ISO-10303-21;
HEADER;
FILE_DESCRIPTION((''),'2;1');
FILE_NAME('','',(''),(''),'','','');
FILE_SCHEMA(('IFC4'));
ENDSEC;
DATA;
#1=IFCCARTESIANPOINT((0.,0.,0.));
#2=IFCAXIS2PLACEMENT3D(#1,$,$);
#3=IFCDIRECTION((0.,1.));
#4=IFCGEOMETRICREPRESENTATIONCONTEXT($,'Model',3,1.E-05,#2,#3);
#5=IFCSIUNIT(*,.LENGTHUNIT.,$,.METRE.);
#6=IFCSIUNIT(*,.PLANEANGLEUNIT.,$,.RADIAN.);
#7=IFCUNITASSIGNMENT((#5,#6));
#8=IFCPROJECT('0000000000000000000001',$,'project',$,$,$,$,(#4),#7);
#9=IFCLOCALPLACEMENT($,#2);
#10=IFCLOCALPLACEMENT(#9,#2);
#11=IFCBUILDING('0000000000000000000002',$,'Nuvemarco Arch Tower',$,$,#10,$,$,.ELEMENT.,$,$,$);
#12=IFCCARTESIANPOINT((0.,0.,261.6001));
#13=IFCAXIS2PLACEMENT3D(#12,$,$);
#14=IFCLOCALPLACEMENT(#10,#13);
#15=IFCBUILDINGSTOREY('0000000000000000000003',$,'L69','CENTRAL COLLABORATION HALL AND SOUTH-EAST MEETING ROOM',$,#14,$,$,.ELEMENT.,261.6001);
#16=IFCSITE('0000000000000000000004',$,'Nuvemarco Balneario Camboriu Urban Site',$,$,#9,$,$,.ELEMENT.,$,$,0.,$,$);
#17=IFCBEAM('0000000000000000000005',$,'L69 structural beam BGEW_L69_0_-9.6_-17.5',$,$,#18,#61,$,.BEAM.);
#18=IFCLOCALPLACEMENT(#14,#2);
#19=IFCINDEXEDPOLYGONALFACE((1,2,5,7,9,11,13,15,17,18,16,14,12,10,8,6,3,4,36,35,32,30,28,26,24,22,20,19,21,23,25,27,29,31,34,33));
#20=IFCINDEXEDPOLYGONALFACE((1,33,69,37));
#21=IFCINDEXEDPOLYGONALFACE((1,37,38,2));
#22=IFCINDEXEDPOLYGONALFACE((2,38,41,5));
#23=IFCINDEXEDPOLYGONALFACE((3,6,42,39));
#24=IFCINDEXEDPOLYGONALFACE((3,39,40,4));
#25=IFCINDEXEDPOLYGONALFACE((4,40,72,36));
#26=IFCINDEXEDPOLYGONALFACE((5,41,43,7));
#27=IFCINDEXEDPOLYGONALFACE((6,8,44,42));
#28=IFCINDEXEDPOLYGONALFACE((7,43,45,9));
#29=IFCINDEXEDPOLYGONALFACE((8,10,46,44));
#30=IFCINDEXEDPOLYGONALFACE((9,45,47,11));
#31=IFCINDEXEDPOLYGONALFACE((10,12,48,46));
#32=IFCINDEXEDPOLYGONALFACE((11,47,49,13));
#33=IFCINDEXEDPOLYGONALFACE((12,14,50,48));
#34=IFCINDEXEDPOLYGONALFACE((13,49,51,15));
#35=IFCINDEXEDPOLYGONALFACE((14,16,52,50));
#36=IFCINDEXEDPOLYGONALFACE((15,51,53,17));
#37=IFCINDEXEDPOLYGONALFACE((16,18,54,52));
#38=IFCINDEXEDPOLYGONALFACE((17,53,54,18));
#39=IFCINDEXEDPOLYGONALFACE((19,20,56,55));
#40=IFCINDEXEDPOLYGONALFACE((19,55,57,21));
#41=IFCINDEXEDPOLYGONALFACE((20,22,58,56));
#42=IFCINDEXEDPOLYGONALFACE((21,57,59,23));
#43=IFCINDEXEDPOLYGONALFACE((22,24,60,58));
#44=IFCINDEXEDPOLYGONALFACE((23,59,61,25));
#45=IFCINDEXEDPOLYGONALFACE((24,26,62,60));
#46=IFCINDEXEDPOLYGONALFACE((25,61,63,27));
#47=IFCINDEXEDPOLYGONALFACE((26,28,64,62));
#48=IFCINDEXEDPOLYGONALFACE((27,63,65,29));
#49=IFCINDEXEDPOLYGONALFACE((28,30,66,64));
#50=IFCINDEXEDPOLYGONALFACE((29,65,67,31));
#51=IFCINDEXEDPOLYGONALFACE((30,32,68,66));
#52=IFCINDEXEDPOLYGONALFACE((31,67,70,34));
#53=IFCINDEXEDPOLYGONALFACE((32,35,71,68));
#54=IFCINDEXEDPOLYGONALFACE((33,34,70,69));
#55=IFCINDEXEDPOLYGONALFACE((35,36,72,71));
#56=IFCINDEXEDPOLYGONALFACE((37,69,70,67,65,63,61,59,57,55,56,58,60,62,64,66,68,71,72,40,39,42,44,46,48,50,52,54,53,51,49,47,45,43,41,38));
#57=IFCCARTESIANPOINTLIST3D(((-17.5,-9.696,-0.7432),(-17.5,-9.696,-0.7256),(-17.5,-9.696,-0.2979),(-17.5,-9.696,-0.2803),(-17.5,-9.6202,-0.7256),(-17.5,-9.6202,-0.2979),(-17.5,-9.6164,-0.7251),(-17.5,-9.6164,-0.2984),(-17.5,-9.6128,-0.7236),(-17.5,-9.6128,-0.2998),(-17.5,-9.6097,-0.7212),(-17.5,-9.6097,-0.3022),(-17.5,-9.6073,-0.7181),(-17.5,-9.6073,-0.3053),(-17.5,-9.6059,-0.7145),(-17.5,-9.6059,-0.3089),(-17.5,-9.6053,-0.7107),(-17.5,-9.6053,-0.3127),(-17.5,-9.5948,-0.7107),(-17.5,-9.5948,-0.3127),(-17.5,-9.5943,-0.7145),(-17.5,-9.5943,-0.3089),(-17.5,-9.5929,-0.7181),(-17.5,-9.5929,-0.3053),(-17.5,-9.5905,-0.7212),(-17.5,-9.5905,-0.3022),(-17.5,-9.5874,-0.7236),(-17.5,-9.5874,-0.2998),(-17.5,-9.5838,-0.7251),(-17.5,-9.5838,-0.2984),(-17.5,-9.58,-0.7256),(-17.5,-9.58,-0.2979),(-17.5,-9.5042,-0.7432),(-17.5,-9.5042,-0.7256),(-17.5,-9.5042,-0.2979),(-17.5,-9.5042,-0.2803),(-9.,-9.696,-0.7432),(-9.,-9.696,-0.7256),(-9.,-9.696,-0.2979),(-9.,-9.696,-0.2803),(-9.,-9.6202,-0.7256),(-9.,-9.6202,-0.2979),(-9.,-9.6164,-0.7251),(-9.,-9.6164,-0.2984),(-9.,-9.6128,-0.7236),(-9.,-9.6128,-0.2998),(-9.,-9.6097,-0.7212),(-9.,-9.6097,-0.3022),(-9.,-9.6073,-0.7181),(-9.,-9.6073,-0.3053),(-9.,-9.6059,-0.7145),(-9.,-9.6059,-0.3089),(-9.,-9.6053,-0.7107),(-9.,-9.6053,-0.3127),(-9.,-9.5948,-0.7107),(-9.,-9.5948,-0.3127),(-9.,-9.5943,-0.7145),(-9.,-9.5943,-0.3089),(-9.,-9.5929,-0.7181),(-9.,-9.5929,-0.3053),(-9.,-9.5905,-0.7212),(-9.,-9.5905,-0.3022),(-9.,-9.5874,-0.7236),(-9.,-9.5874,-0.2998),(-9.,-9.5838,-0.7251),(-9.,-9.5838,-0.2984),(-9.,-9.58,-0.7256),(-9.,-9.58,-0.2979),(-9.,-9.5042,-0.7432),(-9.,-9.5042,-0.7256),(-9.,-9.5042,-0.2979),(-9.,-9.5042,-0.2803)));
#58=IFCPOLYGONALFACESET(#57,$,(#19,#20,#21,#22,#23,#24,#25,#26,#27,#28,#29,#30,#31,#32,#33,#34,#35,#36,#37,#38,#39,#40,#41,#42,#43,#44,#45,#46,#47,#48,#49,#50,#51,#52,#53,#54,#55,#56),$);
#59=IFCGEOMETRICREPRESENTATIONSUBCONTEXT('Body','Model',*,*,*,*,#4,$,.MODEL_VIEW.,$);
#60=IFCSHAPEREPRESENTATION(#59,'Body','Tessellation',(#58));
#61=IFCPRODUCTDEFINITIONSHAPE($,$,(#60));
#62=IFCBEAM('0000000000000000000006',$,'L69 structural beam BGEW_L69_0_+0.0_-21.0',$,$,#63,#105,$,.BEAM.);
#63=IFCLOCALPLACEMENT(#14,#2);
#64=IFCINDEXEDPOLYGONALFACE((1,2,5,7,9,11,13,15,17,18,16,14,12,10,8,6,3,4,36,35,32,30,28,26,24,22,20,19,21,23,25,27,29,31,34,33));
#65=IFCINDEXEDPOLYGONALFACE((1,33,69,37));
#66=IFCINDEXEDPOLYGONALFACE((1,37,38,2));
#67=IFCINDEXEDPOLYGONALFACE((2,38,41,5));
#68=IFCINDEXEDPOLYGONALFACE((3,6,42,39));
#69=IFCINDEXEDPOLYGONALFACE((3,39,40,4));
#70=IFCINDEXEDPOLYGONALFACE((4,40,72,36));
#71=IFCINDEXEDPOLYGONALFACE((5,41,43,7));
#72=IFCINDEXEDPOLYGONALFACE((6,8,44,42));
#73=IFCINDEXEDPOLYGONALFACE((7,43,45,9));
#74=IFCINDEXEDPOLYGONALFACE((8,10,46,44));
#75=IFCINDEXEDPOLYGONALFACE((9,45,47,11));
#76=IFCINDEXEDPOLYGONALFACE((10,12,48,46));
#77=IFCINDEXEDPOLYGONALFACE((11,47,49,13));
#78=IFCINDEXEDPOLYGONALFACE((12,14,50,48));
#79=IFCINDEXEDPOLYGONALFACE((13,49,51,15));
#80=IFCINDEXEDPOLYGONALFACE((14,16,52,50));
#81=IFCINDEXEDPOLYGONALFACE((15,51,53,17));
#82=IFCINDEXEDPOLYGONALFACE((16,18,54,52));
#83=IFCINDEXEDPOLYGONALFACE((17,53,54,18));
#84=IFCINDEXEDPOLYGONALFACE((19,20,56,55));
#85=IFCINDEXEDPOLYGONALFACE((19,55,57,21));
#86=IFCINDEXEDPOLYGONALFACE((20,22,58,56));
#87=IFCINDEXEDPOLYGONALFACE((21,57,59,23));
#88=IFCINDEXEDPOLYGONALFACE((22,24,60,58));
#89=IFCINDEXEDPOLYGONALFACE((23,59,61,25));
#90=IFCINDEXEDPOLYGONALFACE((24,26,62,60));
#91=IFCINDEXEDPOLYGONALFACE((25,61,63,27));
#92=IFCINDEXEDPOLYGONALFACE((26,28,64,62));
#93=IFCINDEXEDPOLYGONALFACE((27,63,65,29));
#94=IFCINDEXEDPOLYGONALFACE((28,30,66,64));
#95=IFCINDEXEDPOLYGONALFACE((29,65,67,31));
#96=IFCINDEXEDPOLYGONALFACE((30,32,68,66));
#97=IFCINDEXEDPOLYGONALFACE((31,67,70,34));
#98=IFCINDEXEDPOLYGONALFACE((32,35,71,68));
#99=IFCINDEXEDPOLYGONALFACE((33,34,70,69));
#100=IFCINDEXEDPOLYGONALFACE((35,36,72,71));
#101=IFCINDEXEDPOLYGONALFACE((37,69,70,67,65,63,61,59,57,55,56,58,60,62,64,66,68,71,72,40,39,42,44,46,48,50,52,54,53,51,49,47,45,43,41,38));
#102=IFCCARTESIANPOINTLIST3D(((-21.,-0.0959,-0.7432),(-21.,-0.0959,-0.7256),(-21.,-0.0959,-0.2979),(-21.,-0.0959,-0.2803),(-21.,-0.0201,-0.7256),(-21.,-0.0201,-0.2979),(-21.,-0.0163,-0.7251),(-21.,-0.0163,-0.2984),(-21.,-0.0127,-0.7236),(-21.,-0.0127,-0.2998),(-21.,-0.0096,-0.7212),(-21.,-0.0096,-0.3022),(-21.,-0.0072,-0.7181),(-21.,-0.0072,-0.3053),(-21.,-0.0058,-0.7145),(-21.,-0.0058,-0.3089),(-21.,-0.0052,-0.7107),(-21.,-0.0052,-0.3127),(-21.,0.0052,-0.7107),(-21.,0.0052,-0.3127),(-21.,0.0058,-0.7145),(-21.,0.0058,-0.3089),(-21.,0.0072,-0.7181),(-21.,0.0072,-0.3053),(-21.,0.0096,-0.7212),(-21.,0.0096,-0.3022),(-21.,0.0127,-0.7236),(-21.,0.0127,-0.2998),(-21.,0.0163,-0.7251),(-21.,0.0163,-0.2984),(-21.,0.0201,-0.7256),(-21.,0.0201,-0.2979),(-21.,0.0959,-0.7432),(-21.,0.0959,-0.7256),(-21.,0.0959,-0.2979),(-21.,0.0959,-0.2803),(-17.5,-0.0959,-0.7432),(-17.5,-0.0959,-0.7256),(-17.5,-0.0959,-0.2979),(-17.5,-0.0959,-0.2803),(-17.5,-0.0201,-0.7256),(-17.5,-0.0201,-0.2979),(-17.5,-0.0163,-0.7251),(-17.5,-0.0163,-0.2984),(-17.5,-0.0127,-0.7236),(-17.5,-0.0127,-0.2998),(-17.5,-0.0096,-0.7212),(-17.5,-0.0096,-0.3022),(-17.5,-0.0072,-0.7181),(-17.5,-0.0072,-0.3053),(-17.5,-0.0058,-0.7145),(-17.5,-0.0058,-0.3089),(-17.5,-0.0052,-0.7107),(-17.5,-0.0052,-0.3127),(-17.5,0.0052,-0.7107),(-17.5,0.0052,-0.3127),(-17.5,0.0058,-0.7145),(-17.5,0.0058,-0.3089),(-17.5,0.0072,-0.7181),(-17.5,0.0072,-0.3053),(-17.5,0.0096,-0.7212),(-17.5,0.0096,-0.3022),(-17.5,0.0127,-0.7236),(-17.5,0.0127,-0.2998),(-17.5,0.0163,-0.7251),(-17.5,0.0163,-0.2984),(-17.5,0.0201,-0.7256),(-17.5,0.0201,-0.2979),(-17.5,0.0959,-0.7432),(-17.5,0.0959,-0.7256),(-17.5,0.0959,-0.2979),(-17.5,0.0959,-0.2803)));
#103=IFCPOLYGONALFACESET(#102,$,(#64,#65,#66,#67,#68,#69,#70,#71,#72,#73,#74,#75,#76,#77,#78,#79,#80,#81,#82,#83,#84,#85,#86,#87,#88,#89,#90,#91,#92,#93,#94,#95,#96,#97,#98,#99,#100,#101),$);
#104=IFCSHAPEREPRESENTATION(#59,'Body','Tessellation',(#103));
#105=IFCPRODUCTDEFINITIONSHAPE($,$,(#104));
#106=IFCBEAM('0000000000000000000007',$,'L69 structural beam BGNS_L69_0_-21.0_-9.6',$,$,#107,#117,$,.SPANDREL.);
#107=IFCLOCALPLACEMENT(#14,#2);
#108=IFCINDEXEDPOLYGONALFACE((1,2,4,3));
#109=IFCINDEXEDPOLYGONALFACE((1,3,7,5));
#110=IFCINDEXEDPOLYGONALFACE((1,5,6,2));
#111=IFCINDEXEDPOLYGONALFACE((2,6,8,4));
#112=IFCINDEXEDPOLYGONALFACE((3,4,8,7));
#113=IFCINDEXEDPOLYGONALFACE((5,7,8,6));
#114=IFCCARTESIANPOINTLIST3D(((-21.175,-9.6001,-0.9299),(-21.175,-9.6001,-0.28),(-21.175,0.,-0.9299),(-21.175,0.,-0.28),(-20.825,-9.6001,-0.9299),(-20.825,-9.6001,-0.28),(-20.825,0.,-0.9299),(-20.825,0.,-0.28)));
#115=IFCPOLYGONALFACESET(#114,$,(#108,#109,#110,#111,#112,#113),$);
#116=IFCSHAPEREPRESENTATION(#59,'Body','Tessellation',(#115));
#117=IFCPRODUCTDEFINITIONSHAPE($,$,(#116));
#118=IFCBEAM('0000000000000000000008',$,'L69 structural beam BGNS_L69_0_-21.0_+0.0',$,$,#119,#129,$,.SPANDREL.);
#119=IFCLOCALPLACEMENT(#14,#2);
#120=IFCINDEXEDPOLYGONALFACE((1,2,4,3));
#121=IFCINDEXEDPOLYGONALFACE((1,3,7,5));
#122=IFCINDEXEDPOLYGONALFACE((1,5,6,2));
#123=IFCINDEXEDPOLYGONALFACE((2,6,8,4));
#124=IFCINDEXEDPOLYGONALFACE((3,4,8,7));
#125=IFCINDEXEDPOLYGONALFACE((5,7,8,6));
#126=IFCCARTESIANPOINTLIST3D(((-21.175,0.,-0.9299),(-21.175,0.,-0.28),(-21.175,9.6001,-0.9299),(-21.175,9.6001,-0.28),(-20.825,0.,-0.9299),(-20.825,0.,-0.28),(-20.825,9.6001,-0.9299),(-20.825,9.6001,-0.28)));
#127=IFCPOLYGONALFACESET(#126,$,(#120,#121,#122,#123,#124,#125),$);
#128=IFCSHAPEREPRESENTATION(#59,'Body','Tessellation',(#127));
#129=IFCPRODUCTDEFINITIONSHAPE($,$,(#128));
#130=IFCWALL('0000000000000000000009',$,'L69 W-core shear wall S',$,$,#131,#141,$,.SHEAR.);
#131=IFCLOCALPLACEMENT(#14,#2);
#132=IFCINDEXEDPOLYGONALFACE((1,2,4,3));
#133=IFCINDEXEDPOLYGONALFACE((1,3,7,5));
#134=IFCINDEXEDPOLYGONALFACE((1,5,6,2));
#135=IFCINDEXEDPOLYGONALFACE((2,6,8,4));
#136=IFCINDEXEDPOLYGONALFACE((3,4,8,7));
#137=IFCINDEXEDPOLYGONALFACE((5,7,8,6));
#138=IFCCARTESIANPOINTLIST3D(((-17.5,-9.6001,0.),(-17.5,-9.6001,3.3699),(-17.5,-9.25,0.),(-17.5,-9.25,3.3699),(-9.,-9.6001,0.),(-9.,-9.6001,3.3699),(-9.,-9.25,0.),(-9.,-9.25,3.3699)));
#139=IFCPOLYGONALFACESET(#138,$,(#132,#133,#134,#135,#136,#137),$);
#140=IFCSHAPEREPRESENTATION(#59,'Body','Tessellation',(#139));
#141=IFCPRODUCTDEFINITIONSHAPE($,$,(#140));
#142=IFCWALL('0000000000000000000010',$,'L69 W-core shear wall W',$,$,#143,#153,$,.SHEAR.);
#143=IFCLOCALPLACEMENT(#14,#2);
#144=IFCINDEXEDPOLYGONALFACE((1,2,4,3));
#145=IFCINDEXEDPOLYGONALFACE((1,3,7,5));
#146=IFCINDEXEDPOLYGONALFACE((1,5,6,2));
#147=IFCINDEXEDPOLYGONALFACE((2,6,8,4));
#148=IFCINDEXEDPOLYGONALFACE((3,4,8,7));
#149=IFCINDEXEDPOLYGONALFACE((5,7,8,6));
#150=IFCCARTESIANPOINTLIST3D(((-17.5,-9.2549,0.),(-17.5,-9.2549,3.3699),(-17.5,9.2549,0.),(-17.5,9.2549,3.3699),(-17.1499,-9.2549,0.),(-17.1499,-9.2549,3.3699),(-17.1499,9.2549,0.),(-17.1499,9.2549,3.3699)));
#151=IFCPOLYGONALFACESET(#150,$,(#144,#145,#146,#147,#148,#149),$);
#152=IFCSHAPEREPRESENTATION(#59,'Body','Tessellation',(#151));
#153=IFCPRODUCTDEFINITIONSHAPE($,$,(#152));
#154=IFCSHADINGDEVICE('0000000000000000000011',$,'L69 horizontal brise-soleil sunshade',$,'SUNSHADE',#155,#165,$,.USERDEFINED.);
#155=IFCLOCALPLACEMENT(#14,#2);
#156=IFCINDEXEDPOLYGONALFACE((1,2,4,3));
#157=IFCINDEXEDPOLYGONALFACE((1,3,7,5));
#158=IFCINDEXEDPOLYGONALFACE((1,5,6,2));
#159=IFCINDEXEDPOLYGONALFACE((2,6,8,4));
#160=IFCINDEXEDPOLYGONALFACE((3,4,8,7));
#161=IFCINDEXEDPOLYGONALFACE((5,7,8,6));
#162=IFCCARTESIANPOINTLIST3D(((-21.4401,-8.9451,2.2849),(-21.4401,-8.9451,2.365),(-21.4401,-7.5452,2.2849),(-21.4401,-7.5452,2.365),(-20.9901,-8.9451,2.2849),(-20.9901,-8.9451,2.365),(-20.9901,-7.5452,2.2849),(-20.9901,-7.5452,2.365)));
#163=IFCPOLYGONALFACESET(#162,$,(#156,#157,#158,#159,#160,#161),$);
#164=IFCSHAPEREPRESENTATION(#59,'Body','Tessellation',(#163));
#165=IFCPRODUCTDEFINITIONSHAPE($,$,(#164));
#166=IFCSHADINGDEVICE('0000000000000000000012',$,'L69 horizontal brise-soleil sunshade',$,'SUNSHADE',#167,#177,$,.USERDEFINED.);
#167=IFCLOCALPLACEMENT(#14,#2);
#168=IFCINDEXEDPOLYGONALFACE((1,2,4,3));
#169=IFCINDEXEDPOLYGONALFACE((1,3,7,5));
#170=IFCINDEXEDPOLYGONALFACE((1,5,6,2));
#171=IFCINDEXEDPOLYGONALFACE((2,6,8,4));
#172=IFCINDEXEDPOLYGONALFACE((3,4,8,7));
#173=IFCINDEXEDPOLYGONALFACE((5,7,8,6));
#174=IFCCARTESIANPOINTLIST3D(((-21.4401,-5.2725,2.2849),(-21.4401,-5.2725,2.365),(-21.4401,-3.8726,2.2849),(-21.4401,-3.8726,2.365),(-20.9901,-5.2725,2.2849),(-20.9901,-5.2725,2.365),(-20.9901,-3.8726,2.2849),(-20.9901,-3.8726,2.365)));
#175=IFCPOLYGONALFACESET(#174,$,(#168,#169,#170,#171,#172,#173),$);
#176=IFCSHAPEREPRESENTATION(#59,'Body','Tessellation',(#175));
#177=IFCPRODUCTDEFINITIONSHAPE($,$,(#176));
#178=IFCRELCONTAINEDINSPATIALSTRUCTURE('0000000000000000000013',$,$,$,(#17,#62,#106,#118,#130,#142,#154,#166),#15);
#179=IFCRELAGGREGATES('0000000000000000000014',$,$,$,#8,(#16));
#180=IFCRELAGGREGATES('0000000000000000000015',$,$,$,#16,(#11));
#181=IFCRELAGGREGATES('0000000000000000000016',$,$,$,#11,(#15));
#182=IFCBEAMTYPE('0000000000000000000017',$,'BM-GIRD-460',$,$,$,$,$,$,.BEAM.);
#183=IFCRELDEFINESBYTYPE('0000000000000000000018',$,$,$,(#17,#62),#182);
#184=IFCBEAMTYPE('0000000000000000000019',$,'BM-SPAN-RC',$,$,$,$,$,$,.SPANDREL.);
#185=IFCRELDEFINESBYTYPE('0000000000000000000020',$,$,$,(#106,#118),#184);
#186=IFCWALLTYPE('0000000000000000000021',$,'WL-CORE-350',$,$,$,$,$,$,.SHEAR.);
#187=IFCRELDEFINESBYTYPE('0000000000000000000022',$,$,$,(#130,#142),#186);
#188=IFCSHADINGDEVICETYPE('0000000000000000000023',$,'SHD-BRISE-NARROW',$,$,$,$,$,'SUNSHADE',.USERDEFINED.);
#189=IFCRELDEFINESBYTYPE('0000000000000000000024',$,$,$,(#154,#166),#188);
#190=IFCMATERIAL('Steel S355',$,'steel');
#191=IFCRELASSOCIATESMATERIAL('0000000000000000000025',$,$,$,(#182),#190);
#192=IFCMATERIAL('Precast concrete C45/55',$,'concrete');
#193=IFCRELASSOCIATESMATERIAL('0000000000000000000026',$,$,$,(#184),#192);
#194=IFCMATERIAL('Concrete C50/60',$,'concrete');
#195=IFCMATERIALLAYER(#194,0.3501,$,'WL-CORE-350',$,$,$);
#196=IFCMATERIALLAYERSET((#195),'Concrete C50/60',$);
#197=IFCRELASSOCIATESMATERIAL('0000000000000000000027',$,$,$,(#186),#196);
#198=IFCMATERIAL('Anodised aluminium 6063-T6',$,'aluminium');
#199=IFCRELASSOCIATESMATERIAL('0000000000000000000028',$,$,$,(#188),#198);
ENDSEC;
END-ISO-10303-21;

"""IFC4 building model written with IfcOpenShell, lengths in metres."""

from ifc_helpers import new_model, si_unit, direction, frame, frame_2d, origin, origin_2d, place, context, subcontext, project, spatial, rectangle, i_section, extrude, source, transform, mapped, material, layer, layer_set, material_profile, profile_set, type_object, type_shapes, element, save


model = new_model("IFC4")

# Units and contexts
model_context = context("Model", 3, precision=1e-05, world=origin(), true_north=direction((0.0, 1.0)))
body_context = subcontext(model_context, "Body", "Model", "MODEL_VIEW")
ifc_project = project(units=[si_unit("LENGTHUNIT", "METRE"), si_unit("PLANEANGLEUNIT", "RADIAN")], contexts=[model_context])

# Site, building, storey
site_placement = place(None, origin())
site = spatial("IfcSite", under=ifc_project, at=site_placement, Name="Nuvemarco Balneario Camboriu Urban Site", CompositionType="ELEMENT", RefElevation=0.0)
building_placement = place(site_placement, origin())
building = spatial("IfcBuilding", under=site, at=building_placement, Name="Nuvemarco Arch Tower", CompositionType="ELEMENT")
storey_placement = place(building_placement, frame((0.0, 0.0, 261.6001)))
storey = spatial("IfcBuildingStorey", under=building, at=storey_placement, Name="L69", Description="CENTRAL COLLABORATION HALL AND SOUTH-EAST MEETING ROOM", CompositionType="ELEMENT", Elevation=261.6001)

# Shared definitions
ifc_material_1 = material(Name="Concrete C50/60", Category="concrete")
ifc_material_2 = material(Name="Steel S355", Category="steel")

# Beams
ifc_material_profile_1 = material_profile(ifc_material_2, i_section(OverallWidth=0.1919, OverallDepth=0.4629, WebThickness=0.0105, FlangeThickness=0.0176, FilletRadius=0.0149, at=origin_2d()), Name="W460x89")
ifc_profile_set_1 = profile_set([ifc_material_profile_1], Name="Steel S355")
beam_type_1 = type_object("IfcBeamType", Name="BM-GIRD-460", PredefinedType="BEAM", material=ifc_profile_set_1)
beam_1_placement = place(storey_placement, frame((-17.5, -9.6001, -0.5117), z_axis=(1.0, 0.0, 0.0), x_axis=(0.0, 1.0, 0.0)))
element("IfcBeam", 1, at=beam_1_placement, inside=storey, type_object=beam_type_1, Name="L69 structural beam BGEW_L69_0_-9.6_-17.5", PredefinedType="BEAM", context=body_context, shape_type="SweptSolid", body=[
    extrude(i_section(OverallWidth=0.1919, OverallDepth=0.4629, WebThickness=0.0105, FlangeThickness=0.0176, FilletRadius=0.0149, at=origin_2d()), origin(), (0.0, 0.0, 1.0), 8.5),
])
beam_2_placement = place(storey_placement, frame((-21.0, 0.0, -0.5117), z_axis=(1.0, 0.0, 0.0), x_axis=(0.0, 1.0, 0.0)))
element("IfcBeam", 2, at=beam_2_placement, inside=storey, type_object=beam_type_1, Name="L69 structural beam BGEW_L69_0_+0.0_-21.0", PredefinedType="BEAM", context=body_context, shape_type="SweptSolid", body=[
    extrude(i_section(OverallWidth=0.1919, OverallDepth=0.4629, WebThickness=0.0105, FlangeThickness=0.0176, FilletRadius=0.0149, at=origin_2d()), origin(), (0.0, 0.0, 1.0), 3.5),
])
ifc_material_3 = material(Name="Precast concrete C45/55", Category="concrete")
ifc_material_profile_2 = material_profile(ifc_material_3, rectangle(XDim=0.3501, YDim=0.6499, at=origin_2d()), Name="PC-SP-350x650")
ifc_profile_set_2 = profile_set([ifc_material_profile_2], Name="Precast concrete C45/55")
beam_type_2 = type_object("IfcBeamType", Name="BM-SPAN-RC", PredefinedType="SPANDREL", material=ifc_profile_set_2)
for number, where, z_axis, x_axis, name in (
    (3, (-21.0, -9.6001, -0.605), (0.0, 1.0, 0.0), (-1.0, 0.0, 0.0), "L69 structural beam BGNS_L69_0_-21.0_-9.6"),
    (4, (-21.0, 0.0, -0.605), (0.0, 1.0, 0.0), (-1.0, 0.0, 0.0), "L69 structural beam BGNS_L69_0_-21.0_+0.0"),
):
    element("IfcBeam", number, at=place(storey_placement, frame(where, z_axis=z_axis, x_axis=x_axis)), inside=storey, type_object=beam_type_2, Name=name, PredefinedType="SPANDREL", context=body_context, shape_type="SweptSolid", body=[
        extrude(rectangle(XDim=0.3501, YDim=0.6499, at=origin_2d()), origin(), (0.0, 0.0, 1.0), 9.6001),
    ])

# Walls
ifc_layer = layer(ifc_material_1, 0.3501, Name="WL-CORE-350")
ifc_layer_set = layer_set([ifc_layer], Name="Concrete C50/60")
wall_type = type_object("IfcWallType", Name="WL-CORE-350", PredefinedType="SHEAR", material=ifc_layer_set)
wall_1_placement = place(storey_placement, frame((-17.5, -9.425, 0.0), z_axis=(0.0, 0.0, 1.0), x_axis=(1.0, 0.0, 0.0)))
element("IfcWall", 5, at=wall_1_placement, inside=storey, type_object=wall_type, Name="L69 W-core shear wall S", PredefinedType="SHEAR", context=body_context, shape_type="SweptSolid", body=[
    extrude(rectangle(XDim=8.5, YDim=0.3501, at=frame_2d((4.25, 0.0))), origin(), (0.0, 0.0, 1.0), 3.3699),
])
wall_2_placement = place(storey_placement, frame((-17.325, -9.2549, 0.0), z_axis=(0.0, 0.0, 1.0), x_axis=(0.0, 1.0, 0.0)))
element("IfcWall", 6, at=wall_2_placement, inside=storey, type_object=wall_type, Name="L69 W-core shear wall W", PredefinedType="SHEAR", context=body_context, shape_type="SweptSolid", body=[
    extrude(rectangle(XDim=18.5098, YDim=0.3501, at=frame_2d((9.2549, 0.0))), origin(), (0.0, 0.0, 1.0), 3.3699),
])

# Shading devices
ifc_material_4 = material(Name="Anodised aluminium 6063-T6", Category="aluminium")
shading_device_type = type_object("IfcShadingDeviceType", Name="SHD-BRISE-NARROW", ElementType="SUNSHADE", PredefinedType="USERDEFINED", material=ifc_material_4)
shared_shape = source(origin(), body_context, "Body", "SweptSolid", [
    extrude(rectangle(XDim=1.3999, YDim=0.45, at=origin_2d()), origin(), (0.0, 0.0, 1.0), 0.0801),
])
type_shapes(shading_device_type, [shared_shape])
for number, where, z_axis, x_axis, name in (
    (7, (-21.2151, -8.2451, 2.2849), (0.0, 0.0, 1.0), (0.0, 1.0, 0.0), "L69 horizontal brise-soleil sunshade"),
    (8, (-21.2151, -4.5725, 2.2849), (0.0, 0.0, 1.0), (0.0, 1.0, 0.0), "L69 horizontal brise-soleil sunshade"),
):
    element("IfcShadingDevice", number, at=place(storey_placement, frame(where, z_axis=z_axis, x_axis=x_axis)), inside=storey, type_object=shading_device_type, Name=name, ObjectType="SUNSHADE", PredefinedType="USERDEFINED", context=body_context, shape_type="MappedRepresentation", body=[
        mapped(shared_shape, transform((0.0, 0.0, 0.0), scale=1.0)),
    ])

save(model, "model.ifc")
